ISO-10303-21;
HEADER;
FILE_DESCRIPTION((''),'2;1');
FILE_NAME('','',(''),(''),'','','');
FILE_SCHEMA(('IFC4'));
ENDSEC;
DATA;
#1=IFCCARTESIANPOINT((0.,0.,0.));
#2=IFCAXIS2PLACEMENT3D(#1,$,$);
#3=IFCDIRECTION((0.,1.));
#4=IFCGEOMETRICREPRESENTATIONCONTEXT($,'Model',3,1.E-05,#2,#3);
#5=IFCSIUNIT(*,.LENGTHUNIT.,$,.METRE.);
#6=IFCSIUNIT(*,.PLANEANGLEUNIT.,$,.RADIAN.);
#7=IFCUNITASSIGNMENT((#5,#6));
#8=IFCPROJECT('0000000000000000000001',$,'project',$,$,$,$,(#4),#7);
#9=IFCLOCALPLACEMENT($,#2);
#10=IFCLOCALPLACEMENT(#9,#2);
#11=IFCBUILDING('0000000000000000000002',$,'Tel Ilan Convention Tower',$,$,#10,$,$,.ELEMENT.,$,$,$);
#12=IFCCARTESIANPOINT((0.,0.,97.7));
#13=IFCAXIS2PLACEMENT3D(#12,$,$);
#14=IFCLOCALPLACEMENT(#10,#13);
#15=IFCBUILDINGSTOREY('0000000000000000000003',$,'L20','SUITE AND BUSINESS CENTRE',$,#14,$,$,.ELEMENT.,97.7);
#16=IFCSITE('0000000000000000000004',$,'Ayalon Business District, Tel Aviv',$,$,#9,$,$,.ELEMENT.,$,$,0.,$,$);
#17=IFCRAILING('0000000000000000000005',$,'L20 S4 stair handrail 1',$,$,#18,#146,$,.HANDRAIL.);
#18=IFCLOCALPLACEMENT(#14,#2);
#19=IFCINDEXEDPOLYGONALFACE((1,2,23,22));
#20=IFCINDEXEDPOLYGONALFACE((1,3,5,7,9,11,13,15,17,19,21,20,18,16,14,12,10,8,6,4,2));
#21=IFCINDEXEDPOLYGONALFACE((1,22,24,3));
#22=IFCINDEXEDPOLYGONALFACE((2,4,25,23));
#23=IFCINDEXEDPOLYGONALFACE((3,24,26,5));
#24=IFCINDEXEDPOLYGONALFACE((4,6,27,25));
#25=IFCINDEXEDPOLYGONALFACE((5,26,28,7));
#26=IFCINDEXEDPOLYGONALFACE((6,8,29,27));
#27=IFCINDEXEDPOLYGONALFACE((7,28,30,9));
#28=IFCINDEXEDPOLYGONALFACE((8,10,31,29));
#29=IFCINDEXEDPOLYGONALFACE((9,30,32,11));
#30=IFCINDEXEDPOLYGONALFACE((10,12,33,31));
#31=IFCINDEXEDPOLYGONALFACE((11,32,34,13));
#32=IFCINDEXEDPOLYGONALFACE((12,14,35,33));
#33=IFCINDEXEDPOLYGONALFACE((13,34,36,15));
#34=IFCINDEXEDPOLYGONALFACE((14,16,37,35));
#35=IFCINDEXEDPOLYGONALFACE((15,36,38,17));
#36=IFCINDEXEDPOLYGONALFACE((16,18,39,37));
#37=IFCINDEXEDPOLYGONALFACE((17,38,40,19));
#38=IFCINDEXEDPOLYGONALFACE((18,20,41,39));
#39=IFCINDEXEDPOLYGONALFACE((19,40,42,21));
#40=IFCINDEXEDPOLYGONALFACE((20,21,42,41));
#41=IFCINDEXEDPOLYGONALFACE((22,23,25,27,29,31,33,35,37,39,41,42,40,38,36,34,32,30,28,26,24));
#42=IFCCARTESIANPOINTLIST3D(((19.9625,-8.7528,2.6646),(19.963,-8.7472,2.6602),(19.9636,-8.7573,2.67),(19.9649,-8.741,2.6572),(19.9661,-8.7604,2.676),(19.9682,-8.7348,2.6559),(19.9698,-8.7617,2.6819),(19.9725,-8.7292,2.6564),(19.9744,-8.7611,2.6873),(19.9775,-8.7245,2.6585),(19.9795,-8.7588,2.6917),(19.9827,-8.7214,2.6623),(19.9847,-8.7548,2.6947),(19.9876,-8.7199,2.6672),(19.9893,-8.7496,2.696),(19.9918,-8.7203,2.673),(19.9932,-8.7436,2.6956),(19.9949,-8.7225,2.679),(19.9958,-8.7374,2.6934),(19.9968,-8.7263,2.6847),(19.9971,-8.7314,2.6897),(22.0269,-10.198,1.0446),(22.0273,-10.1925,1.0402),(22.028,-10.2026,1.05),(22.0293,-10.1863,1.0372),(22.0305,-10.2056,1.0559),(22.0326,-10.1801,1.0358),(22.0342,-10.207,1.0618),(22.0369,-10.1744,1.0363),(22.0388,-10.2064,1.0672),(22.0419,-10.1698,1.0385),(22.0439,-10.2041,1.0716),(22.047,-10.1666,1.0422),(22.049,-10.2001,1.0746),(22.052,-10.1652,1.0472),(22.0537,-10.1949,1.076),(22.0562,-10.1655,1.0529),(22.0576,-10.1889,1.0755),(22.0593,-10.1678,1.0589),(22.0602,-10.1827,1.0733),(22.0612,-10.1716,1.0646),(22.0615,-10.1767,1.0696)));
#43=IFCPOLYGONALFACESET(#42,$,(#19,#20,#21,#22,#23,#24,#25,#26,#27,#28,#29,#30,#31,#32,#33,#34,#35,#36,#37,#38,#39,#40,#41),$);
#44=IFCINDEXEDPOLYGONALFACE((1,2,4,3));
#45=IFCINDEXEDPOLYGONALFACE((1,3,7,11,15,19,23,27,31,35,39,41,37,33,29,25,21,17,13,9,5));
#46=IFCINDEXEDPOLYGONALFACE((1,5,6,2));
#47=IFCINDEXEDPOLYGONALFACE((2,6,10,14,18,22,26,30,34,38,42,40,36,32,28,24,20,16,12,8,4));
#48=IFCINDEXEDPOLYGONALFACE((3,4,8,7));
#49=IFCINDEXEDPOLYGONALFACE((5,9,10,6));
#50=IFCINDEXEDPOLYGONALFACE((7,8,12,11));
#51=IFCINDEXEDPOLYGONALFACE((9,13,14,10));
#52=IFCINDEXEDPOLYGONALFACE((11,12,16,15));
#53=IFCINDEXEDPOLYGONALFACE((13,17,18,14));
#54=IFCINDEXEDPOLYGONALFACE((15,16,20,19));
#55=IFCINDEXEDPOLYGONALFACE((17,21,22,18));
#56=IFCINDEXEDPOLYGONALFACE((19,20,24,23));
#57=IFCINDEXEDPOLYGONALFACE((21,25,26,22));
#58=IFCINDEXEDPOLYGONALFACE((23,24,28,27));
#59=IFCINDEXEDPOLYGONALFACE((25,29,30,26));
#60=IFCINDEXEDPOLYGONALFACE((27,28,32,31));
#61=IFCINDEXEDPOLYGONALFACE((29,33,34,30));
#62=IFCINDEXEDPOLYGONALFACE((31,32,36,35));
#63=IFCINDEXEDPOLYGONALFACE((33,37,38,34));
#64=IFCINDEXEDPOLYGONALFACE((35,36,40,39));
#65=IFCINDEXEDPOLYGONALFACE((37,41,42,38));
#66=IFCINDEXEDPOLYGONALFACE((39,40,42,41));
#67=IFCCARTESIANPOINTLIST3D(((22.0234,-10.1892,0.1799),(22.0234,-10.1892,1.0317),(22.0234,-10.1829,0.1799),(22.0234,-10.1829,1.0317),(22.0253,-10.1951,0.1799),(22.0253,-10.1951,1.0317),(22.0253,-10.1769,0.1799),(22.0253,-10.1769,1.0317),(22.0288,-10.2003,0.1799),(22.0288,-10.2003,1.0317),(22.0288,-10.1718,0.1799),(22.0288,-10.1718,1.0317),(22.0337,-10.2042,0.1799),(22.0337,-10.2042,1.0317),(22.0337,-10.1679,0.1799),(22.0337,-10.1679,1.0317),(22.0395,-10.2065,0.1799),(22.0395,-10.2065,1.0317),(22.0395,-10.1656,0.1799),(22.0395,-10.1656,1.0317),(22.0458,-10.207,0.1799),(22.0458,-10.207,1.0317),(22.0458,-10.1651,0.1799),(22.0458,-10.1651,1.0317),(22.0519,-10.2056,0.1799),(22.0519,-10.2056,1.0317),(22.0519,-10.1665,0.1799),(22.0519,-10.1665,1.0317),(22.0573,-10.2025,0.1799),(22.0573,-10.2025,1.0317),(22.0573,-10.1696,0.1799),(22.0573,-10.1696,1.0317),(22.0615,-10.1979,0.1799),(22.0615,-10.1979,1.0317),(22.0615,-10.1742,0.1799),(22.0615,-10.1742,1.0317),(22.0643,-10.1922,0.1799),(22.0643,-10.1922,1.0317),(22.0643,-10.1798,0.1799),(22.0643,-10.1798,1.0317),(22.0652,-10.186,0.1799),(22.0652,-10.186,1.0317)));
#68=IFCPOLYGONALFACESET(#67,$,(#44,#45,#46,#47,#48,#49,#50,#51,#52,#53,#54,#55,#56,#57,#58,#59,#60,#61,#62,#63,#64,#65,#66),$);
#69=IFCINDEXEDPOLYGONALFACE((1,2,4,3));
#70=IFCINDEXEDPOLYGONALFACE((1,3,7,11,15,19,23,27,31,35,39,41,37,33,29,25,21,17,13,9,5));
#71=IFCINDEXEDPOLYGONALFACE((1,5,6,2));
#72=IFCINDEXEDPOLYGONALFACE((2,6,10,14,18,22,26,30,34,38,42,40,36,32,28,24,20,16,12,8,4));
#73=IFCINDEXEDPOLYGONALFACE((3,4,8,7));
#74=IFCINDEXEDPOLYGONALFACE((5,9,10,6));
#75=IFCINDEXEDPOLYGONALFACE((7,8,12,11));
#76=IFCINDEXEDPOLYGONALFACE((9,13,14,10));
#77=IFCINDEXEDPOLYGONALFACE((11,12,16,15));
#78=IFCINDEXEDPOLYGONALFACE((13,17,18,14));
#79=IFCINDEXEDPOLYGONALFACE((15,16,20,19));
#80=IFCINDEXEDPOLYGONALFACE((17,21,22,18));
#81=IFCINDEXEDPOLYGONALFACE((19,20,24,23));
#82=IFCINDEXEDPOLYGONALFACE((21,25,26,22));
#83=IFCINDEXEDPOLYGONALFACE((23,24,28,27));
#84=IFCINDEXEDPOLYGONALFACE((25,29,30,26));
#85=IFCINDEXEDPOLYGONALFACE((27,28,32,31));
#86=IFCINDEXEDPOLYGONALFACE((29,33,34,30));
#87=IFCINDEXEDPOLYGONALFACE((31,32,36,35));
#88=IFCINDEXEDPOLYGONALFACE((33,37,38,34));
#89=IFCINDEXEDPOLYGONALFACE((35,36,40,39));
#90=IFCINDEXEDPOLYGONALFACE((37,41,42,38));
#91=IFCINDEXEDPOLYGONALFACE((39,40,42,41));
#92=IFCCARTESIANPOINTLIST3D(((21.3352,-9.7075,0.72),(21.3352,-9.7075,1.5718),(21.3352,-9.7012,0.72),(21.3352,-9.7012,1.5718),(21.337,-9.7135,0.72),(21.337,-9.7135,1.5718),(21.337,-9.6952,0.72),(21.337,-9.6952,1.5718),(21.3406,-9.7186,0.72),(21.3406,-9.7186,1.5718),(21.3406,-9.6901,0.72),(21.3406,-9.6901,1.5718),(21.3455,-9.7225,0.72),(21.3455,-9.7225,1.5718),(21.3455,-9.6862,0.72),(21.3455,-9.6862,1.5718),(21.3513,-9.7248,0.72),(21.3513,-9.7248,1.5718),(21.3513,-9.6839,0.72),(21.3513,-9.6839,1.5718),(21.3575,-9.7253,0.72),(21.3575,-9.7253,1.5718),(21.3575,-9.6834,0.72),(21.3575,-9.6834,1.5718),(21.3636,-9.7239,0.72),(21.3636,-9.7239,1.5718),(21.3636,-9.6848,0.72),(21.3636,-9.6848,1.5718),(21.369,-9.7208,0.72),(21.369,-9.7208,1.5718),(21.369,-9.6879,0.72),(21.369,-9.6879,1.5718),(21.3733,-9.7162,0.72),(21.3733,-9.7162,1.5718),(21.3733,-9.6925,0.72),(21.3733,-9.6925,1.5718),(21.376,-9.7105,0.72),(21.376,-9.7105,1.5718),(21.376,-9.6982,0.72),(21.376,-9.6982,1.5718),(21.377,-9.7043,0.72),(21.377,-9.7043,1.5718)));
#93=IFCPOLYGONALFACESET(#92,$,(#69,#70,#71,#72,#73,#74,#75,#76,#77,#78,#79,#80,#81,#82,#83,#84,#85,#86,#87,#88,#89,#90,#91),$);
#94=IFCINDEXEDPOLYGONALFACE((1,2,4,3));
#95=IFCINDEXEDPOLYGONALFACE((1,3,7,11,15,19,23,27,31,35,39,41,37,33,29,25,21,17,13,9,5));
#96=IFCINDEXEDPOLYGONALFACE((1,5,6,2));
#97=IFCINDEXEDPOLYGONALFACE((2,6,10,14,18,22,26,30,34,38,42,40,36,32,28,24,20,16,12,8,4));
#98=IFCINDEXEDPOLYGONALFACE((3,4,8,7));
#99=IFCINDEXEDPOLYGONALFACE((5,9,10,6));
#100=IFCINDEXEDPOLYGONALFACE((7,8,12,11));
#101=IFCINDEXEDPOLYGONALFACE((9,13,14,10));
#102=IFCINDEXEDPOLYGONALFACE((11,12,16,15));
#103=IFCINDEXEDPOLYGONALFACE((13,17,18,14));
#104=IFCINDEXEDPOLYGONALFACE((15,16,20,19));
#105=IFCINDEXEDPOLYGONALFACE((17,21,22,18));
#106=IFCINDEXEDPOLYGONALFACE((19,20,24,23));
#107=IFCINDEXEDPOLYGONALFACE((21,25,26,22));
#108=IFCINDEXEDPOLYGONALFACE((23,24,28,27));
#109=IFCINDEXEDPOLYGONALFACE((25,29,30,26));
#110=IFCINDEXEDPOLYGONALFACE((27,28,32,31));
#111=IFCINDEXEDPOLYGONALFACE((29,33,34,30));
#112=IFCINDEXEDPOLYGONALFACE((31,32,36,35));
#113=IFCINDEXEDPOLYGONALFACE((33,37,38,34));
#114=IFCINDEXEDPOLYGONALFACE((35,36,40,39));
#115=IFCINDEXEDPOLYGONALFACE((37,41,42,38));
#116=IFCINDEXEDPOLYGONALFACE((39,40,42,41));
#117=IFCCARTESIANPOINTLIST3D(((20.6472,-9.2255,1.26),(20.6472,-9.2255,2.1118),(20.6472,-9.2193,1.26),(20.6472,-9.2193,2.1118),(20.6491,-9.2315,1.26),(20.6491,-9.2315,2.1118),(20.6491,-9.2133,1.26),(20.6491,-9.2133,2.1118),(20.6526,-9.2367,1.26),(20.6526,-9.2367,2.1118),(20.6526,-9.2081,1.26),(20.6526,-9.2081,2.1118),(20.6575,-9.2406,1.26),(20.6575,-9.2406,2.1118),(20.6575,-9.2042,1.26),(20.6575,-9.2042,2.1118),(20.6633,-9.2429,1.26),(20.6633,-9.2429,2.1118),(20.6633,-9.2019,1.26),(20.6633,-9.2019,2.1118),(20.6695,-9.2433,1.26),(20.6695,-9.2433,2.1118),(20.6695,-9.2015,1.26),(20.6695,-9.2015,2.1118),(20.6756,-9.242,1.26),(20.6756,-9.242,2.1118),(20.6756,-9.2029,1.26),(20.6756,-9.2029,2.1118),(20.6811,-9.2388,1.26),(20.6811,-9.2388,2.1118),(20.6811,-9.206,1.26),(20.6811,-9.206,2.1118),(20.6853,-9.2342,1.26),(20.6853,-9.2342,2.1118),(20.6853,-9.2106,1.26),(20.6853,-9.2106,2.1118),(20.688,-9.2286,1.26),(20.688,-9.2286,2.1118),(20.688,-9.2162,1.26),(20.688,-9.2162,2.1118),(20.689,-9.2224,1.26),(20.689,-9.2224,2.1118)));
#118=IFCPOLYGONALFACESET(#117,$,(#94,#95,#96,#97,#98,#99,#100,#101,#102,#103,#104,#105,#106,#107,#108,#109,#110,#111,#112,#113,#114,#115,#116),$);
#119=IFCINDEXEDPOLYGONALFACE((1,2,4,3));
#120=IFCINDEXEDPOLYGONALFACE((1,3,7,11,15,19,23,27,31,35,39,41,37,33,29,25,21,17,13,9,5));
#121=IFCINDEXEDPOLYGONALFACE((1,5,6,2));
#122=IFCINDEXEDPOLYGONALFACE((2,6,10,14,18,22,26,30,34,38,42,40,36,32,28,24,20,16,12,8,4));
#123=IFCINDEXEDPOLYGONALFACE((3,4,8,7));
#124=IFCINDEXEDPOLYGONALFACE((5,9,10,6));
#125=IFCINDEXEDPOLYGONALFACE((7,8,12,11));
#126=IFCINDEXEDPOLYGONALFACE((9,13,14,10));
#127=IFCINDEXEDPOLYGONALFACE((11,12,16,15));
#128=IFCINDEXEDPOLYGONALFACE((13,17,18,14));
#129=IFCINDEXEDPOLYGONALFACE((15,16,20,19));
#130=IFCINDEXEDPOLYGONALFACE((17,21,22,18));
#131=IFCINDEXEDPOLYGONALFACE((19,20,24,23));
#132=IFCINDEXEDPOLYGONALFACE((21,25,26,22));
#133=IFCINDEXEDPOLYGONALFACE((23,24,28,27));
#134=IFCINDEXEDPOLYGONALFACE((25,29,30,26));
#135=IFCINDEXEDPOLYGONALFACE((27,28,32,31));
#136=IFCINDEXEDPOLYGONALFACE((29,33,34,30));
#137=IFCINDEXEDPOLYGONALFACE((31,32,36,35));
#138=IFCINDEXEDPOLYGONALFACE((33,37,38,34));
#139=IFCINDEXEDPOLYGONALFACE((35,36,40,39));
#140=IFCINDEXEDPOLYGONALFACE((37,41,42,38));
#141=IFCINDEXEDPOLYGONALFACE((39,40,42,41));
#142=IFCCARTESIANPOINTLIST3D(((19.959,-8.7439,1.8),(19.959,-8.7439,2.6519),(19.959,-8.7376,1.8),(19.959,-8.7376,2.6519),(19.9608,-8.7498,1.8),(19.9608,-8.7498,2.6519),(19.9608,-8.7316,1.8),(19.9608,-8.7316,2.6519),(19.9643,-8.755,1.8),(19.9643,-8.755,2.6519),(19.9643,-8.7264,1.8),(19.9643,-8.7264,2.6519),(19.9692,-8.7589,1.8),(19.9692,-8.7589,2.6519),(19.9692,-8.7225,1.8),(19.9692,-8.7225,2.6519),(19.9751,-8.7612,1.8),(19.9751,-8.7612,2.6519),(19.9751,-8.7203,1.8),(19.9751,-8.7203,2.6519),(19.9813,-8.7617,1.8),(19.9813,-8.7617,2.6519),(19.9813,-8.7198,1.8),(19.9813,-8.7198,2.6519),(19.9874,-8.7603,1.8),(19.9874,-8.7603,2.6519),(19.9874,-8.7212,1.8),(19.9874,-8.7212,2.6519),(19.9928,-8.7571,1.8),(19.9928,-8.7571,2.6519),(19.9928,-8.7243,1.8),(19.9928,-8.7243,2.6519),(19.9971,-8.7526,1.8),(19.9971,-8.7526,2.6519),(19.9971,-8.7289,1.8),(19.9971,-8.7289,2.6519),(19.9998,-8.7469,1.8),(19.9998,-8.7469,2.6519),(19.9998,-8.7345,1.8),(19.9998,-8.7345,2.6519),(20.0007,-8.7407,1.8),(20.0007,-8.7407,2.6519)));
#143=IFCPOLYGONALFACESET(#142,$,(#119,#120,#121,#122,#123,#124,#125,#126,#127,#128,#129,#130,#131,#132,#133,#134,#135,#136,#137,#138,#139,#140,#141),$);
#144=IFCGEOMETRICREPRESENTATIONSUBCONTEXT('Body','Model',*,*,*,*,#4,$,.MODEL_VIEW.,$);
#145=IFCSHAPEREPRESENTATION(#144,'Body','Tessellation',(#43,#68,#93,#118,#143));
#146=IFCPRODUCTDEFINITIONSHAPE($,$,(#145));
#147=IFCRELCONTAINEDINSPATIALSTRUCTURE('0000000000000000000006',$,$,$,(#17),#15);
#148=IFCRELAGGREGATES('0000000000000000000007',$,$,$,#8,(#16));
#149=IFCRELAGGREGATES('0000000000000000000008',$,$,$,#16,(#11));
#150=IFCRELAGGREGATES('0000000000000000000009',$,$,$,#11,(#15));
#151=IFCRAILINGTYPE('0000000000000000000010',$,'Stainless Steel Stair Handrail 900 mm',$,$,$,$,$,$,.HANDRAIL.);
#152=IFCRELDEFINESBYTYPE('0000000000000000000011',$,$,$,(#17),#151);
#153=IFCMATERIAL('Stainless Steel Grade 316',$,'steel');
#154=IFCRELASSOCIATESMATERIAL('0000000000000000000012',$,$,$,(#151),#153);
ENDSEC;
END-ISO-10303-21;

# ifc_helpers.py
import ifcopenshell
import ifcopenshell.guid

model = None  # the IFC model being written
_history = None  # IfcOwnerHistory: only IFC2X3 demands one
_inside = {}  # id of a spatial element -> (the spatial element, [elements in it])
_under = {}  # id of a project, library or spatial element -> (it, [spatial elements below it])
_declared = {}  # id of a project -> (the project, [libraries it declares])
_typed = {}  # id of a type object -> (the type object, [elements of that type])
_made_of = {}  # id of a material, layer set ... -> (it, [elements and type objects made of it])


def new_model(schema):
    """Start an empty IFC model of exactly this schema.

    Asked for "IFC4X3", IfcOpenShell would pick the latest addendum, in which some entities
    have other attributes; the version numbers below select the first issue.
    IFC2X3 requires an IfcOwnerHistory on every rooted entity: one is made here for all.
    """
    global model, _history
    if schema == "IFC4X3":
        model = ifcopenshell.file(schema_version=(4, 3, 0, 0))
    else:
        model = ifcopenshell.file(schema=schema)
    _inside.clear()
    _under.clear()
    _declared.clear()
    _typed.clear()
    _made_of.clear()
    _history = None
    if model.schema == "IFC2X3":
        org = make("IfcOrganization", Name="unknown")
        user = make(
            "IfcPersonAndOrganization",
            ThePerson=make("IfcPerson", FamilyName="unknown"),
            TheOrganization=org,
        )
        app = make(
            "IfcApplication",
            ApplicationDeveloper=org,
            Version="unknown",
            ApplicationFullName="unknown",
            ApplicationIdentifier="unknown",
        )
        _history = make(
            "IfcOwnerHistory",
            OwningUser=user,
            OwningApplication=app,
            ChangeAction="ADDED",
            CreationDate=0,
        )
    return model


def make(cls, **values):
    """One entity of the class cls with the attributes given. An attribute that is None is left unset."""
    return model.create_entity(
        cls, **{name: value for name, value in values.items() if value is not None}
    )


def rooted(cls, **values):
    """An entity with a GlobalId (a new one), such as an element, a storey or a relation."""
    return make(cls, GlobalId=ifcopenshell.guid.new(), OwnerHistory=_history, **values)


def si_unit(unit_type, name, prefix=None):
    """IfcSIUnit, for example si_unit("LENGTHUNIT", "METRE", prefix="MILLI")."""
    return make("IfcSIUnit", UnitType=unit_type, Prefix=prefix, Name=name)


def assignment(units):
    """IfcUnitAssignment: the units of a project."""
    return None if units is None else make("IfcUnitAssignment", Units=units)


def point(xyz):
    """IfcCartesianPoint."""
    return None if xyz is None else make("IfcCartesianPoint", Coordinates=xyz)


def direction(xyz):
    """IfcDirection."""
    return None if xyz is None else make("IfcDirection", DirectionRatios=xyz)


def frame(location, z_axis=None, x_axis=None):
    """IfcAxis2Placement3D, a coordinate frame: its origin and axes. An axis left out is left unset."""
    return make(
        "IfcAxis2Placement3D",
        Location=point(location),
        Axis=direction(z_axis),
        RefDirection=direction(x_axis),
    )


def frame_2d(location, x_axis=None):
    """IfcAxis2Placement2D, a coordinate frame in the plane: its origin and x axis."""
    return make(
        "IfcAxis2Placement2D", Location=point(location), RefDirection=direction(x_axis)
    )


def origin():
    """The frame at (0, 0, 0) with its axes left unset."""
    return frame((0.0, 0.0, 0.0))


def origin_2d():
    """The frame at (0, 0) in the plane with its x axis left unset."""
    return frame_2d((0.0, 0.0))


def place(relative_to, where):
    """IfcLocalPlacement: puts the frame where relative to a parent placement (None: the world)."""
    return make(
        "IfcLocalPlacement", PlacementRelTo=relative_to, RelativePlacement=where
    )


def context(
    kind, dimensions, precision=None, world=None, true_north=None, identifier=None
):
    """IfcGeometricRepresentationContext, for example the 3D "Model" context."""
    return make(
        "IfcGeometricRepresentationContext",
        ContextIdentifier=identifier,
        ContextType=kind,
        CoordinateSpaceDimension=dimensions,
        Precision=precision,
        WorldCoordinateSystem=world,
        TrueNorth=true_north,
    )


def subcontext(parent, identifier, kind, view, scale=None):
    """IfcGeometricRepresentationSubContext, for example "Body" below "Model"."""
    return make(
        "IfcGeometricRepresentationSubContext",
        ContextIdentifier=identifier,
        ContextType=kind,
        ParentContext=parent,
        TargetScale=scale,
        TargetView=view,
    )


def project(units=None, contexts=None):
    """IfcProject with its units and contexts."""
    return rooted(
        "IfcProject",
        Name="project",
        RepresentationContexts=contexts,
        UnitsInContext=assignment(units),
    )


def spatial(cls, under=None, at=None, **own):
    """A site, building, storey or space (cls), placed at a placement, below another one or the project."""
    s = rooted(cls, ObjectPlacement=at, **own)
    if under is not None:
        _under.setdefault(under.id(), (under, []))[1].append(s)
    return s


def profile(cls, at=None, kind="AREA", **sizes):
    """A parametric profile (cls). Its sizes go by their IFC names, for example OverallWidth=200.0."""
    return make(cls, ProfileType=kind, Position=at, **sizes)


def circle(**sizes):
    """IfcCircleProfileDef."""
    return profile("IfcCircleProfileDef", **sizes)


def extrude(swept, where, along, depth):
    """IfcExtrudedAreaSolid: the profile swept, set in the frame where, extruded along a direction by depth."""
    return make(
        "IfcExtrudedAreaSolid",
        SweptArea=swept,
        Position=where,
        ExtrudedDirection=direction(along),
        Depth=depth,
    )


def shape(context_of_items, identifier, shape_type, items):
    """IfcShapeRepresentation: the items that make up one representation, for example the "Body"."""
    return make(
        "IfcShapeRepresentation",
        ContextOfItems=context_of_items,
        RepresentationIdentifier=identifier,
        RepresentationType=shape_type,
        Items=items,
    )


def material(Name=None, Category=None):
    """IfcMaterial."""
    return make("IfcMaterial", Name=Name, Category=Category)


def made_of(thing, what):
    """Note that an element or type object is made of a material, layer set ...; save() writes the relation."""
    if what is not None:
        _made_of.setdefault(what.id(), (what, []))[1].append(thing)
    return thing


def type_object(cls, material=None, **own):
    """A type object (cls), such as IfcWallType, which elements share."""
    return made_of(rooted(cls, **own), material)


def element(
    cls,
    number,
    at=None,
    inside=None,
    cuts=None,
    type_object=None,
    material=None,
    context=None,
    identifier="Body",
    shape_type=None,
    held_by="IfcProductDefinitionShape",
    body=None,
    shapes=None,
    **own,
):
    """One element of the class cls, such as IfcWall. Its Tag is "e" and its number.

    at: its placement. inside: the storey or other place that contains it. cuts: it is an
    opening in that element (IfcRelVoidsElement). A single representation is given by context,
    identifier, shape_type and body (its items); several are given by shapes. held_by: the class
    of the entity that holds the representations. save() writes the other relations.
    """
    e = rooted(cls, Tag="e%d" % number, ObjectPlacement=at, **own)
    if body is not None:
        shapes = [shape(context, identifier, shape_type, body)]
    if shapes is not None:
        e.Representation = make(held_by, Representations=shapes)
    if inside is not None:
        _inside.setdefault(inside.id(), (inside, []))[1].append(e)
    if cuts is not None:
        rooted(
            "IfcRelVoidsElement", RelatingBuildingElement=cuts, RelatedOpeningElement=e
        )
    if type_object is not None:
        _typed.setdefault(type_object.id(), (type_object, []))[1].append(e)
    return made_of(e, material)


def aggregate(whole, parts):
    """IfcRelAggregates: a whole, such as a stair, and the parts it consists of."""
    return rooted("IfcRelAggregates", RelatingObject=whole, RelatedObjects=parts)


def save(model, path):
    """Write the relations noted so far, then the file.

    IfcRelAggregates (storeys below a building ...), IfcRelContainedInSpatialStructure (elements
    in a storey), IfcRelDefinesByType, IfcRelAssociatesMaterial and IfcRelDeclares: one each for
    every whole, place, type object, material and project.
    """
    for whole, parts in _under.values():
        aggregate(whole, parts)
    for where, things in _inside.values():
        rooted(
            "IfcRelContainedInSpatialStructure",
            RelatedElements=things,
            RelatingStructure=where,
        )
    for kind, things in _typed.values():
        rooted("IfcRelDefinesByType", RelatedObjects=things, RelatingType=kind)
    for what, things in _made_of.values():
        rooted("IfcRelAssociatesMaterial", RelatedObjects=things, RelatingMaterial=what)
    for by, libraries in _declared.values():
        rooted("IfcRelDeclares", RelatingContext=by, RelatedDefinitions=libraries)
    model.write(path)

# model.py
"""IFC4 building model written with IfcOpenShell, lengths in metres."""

from ifc_helpers import new_model, si_unit, direction, frame, origin, origin_2d, place, context, subcontext, project, spatial, circle, extrude, material, type_object, element, save


model = new_model("IFC4")

# Units and contexts
model_context = context("Model", 3, precision=1e-05, world=origin(), true_north=direction((0.0, 1.0)))
body_context = subcontext(model_context, "Body", "Model", "MODEL_VIEW")
ifc_project = project(units=[si_unit("LENGTHUNIT", "METRE"), si_unit("PLANEANGLEUNIT", "RADIAN")], contexts=[model_context])

# Site, building, storey
site_placement = place(None, origin())
site = spatial("IfcSite", under=ifc_project, at=site_placement, Name="Ayalon Business District, Tel Aviv", CompositionType="ELEMENT", RefElevation=0.0)
building_placement = place(site_placement, origin())
building = spatial("IfcBuilding", under=site, at=building_placement, Name="Tel Ilan Convention Tower", CompositionType="ELEMENT")
storey_placement = place(building_placement, frame((0.0, 0.0, 97.7)))
storey = spatial("IfcBuildingStorey", under=building, at=storey_placement, Name="L20", Description="SUITE AND BUSINESS CENTRE", CompositionType="ELEMENT", Elevation=97.7)

# Railing
ifc_material_1 = material(Name="Stainless Steel Grade 316", Category="steel")
railing_type_1 = type_object("IfcRailingType", Name="Stainless Steel Stair Handrail 900 mm", PredefinedType="HANDRAIL", material=ifc_material_1)
railing_1_placement = place(storey_placement, frame((22.0442, -10.186, 0.1799)))
element("IfcRailing", 1, at=railing_1_placement, inside=storey, type_object=railing_type_1, Name="L20 S4 stair handrail 1", PredefinedType="HANDRAIL", context=body_context, shape_type="SweptSolid", body=[
    extrude(circle(Radius=0.0239, at=origin_2d()), frame((0.0, 0.0, 0.876), z_axis=(-0.689083, 0.482423, 0.54077), x_axis=(-0.573514, -0.819196, 0.0)), (0.0, 0.0, 1.0), 2.9958),
    extrude(circle(Radius=0.021, at=origin_2d()), origin(), (0.0, 0.0, 1.0), 0.8518),
    extrude(circle(Radius=0.021, at=origin_2d()), frame((-0.6882, 0.4817, 0.54)), (0.0, 0.0, 1.0), 0.8518),
    extrude(circle(Radius=0.021, at=origin_2d()), frame((-1.3762, 0.9636, 1.0801)), (0.0, 0.0, 1.0), 0.8518),
    extrude(circle(Radius=0.021, at=origin_2d()), frame((-2.0645, 1.4453, 1.6201)), (0.0, 0.0, 1.0), 0.8518),
])

save(model, "model.ifc")
